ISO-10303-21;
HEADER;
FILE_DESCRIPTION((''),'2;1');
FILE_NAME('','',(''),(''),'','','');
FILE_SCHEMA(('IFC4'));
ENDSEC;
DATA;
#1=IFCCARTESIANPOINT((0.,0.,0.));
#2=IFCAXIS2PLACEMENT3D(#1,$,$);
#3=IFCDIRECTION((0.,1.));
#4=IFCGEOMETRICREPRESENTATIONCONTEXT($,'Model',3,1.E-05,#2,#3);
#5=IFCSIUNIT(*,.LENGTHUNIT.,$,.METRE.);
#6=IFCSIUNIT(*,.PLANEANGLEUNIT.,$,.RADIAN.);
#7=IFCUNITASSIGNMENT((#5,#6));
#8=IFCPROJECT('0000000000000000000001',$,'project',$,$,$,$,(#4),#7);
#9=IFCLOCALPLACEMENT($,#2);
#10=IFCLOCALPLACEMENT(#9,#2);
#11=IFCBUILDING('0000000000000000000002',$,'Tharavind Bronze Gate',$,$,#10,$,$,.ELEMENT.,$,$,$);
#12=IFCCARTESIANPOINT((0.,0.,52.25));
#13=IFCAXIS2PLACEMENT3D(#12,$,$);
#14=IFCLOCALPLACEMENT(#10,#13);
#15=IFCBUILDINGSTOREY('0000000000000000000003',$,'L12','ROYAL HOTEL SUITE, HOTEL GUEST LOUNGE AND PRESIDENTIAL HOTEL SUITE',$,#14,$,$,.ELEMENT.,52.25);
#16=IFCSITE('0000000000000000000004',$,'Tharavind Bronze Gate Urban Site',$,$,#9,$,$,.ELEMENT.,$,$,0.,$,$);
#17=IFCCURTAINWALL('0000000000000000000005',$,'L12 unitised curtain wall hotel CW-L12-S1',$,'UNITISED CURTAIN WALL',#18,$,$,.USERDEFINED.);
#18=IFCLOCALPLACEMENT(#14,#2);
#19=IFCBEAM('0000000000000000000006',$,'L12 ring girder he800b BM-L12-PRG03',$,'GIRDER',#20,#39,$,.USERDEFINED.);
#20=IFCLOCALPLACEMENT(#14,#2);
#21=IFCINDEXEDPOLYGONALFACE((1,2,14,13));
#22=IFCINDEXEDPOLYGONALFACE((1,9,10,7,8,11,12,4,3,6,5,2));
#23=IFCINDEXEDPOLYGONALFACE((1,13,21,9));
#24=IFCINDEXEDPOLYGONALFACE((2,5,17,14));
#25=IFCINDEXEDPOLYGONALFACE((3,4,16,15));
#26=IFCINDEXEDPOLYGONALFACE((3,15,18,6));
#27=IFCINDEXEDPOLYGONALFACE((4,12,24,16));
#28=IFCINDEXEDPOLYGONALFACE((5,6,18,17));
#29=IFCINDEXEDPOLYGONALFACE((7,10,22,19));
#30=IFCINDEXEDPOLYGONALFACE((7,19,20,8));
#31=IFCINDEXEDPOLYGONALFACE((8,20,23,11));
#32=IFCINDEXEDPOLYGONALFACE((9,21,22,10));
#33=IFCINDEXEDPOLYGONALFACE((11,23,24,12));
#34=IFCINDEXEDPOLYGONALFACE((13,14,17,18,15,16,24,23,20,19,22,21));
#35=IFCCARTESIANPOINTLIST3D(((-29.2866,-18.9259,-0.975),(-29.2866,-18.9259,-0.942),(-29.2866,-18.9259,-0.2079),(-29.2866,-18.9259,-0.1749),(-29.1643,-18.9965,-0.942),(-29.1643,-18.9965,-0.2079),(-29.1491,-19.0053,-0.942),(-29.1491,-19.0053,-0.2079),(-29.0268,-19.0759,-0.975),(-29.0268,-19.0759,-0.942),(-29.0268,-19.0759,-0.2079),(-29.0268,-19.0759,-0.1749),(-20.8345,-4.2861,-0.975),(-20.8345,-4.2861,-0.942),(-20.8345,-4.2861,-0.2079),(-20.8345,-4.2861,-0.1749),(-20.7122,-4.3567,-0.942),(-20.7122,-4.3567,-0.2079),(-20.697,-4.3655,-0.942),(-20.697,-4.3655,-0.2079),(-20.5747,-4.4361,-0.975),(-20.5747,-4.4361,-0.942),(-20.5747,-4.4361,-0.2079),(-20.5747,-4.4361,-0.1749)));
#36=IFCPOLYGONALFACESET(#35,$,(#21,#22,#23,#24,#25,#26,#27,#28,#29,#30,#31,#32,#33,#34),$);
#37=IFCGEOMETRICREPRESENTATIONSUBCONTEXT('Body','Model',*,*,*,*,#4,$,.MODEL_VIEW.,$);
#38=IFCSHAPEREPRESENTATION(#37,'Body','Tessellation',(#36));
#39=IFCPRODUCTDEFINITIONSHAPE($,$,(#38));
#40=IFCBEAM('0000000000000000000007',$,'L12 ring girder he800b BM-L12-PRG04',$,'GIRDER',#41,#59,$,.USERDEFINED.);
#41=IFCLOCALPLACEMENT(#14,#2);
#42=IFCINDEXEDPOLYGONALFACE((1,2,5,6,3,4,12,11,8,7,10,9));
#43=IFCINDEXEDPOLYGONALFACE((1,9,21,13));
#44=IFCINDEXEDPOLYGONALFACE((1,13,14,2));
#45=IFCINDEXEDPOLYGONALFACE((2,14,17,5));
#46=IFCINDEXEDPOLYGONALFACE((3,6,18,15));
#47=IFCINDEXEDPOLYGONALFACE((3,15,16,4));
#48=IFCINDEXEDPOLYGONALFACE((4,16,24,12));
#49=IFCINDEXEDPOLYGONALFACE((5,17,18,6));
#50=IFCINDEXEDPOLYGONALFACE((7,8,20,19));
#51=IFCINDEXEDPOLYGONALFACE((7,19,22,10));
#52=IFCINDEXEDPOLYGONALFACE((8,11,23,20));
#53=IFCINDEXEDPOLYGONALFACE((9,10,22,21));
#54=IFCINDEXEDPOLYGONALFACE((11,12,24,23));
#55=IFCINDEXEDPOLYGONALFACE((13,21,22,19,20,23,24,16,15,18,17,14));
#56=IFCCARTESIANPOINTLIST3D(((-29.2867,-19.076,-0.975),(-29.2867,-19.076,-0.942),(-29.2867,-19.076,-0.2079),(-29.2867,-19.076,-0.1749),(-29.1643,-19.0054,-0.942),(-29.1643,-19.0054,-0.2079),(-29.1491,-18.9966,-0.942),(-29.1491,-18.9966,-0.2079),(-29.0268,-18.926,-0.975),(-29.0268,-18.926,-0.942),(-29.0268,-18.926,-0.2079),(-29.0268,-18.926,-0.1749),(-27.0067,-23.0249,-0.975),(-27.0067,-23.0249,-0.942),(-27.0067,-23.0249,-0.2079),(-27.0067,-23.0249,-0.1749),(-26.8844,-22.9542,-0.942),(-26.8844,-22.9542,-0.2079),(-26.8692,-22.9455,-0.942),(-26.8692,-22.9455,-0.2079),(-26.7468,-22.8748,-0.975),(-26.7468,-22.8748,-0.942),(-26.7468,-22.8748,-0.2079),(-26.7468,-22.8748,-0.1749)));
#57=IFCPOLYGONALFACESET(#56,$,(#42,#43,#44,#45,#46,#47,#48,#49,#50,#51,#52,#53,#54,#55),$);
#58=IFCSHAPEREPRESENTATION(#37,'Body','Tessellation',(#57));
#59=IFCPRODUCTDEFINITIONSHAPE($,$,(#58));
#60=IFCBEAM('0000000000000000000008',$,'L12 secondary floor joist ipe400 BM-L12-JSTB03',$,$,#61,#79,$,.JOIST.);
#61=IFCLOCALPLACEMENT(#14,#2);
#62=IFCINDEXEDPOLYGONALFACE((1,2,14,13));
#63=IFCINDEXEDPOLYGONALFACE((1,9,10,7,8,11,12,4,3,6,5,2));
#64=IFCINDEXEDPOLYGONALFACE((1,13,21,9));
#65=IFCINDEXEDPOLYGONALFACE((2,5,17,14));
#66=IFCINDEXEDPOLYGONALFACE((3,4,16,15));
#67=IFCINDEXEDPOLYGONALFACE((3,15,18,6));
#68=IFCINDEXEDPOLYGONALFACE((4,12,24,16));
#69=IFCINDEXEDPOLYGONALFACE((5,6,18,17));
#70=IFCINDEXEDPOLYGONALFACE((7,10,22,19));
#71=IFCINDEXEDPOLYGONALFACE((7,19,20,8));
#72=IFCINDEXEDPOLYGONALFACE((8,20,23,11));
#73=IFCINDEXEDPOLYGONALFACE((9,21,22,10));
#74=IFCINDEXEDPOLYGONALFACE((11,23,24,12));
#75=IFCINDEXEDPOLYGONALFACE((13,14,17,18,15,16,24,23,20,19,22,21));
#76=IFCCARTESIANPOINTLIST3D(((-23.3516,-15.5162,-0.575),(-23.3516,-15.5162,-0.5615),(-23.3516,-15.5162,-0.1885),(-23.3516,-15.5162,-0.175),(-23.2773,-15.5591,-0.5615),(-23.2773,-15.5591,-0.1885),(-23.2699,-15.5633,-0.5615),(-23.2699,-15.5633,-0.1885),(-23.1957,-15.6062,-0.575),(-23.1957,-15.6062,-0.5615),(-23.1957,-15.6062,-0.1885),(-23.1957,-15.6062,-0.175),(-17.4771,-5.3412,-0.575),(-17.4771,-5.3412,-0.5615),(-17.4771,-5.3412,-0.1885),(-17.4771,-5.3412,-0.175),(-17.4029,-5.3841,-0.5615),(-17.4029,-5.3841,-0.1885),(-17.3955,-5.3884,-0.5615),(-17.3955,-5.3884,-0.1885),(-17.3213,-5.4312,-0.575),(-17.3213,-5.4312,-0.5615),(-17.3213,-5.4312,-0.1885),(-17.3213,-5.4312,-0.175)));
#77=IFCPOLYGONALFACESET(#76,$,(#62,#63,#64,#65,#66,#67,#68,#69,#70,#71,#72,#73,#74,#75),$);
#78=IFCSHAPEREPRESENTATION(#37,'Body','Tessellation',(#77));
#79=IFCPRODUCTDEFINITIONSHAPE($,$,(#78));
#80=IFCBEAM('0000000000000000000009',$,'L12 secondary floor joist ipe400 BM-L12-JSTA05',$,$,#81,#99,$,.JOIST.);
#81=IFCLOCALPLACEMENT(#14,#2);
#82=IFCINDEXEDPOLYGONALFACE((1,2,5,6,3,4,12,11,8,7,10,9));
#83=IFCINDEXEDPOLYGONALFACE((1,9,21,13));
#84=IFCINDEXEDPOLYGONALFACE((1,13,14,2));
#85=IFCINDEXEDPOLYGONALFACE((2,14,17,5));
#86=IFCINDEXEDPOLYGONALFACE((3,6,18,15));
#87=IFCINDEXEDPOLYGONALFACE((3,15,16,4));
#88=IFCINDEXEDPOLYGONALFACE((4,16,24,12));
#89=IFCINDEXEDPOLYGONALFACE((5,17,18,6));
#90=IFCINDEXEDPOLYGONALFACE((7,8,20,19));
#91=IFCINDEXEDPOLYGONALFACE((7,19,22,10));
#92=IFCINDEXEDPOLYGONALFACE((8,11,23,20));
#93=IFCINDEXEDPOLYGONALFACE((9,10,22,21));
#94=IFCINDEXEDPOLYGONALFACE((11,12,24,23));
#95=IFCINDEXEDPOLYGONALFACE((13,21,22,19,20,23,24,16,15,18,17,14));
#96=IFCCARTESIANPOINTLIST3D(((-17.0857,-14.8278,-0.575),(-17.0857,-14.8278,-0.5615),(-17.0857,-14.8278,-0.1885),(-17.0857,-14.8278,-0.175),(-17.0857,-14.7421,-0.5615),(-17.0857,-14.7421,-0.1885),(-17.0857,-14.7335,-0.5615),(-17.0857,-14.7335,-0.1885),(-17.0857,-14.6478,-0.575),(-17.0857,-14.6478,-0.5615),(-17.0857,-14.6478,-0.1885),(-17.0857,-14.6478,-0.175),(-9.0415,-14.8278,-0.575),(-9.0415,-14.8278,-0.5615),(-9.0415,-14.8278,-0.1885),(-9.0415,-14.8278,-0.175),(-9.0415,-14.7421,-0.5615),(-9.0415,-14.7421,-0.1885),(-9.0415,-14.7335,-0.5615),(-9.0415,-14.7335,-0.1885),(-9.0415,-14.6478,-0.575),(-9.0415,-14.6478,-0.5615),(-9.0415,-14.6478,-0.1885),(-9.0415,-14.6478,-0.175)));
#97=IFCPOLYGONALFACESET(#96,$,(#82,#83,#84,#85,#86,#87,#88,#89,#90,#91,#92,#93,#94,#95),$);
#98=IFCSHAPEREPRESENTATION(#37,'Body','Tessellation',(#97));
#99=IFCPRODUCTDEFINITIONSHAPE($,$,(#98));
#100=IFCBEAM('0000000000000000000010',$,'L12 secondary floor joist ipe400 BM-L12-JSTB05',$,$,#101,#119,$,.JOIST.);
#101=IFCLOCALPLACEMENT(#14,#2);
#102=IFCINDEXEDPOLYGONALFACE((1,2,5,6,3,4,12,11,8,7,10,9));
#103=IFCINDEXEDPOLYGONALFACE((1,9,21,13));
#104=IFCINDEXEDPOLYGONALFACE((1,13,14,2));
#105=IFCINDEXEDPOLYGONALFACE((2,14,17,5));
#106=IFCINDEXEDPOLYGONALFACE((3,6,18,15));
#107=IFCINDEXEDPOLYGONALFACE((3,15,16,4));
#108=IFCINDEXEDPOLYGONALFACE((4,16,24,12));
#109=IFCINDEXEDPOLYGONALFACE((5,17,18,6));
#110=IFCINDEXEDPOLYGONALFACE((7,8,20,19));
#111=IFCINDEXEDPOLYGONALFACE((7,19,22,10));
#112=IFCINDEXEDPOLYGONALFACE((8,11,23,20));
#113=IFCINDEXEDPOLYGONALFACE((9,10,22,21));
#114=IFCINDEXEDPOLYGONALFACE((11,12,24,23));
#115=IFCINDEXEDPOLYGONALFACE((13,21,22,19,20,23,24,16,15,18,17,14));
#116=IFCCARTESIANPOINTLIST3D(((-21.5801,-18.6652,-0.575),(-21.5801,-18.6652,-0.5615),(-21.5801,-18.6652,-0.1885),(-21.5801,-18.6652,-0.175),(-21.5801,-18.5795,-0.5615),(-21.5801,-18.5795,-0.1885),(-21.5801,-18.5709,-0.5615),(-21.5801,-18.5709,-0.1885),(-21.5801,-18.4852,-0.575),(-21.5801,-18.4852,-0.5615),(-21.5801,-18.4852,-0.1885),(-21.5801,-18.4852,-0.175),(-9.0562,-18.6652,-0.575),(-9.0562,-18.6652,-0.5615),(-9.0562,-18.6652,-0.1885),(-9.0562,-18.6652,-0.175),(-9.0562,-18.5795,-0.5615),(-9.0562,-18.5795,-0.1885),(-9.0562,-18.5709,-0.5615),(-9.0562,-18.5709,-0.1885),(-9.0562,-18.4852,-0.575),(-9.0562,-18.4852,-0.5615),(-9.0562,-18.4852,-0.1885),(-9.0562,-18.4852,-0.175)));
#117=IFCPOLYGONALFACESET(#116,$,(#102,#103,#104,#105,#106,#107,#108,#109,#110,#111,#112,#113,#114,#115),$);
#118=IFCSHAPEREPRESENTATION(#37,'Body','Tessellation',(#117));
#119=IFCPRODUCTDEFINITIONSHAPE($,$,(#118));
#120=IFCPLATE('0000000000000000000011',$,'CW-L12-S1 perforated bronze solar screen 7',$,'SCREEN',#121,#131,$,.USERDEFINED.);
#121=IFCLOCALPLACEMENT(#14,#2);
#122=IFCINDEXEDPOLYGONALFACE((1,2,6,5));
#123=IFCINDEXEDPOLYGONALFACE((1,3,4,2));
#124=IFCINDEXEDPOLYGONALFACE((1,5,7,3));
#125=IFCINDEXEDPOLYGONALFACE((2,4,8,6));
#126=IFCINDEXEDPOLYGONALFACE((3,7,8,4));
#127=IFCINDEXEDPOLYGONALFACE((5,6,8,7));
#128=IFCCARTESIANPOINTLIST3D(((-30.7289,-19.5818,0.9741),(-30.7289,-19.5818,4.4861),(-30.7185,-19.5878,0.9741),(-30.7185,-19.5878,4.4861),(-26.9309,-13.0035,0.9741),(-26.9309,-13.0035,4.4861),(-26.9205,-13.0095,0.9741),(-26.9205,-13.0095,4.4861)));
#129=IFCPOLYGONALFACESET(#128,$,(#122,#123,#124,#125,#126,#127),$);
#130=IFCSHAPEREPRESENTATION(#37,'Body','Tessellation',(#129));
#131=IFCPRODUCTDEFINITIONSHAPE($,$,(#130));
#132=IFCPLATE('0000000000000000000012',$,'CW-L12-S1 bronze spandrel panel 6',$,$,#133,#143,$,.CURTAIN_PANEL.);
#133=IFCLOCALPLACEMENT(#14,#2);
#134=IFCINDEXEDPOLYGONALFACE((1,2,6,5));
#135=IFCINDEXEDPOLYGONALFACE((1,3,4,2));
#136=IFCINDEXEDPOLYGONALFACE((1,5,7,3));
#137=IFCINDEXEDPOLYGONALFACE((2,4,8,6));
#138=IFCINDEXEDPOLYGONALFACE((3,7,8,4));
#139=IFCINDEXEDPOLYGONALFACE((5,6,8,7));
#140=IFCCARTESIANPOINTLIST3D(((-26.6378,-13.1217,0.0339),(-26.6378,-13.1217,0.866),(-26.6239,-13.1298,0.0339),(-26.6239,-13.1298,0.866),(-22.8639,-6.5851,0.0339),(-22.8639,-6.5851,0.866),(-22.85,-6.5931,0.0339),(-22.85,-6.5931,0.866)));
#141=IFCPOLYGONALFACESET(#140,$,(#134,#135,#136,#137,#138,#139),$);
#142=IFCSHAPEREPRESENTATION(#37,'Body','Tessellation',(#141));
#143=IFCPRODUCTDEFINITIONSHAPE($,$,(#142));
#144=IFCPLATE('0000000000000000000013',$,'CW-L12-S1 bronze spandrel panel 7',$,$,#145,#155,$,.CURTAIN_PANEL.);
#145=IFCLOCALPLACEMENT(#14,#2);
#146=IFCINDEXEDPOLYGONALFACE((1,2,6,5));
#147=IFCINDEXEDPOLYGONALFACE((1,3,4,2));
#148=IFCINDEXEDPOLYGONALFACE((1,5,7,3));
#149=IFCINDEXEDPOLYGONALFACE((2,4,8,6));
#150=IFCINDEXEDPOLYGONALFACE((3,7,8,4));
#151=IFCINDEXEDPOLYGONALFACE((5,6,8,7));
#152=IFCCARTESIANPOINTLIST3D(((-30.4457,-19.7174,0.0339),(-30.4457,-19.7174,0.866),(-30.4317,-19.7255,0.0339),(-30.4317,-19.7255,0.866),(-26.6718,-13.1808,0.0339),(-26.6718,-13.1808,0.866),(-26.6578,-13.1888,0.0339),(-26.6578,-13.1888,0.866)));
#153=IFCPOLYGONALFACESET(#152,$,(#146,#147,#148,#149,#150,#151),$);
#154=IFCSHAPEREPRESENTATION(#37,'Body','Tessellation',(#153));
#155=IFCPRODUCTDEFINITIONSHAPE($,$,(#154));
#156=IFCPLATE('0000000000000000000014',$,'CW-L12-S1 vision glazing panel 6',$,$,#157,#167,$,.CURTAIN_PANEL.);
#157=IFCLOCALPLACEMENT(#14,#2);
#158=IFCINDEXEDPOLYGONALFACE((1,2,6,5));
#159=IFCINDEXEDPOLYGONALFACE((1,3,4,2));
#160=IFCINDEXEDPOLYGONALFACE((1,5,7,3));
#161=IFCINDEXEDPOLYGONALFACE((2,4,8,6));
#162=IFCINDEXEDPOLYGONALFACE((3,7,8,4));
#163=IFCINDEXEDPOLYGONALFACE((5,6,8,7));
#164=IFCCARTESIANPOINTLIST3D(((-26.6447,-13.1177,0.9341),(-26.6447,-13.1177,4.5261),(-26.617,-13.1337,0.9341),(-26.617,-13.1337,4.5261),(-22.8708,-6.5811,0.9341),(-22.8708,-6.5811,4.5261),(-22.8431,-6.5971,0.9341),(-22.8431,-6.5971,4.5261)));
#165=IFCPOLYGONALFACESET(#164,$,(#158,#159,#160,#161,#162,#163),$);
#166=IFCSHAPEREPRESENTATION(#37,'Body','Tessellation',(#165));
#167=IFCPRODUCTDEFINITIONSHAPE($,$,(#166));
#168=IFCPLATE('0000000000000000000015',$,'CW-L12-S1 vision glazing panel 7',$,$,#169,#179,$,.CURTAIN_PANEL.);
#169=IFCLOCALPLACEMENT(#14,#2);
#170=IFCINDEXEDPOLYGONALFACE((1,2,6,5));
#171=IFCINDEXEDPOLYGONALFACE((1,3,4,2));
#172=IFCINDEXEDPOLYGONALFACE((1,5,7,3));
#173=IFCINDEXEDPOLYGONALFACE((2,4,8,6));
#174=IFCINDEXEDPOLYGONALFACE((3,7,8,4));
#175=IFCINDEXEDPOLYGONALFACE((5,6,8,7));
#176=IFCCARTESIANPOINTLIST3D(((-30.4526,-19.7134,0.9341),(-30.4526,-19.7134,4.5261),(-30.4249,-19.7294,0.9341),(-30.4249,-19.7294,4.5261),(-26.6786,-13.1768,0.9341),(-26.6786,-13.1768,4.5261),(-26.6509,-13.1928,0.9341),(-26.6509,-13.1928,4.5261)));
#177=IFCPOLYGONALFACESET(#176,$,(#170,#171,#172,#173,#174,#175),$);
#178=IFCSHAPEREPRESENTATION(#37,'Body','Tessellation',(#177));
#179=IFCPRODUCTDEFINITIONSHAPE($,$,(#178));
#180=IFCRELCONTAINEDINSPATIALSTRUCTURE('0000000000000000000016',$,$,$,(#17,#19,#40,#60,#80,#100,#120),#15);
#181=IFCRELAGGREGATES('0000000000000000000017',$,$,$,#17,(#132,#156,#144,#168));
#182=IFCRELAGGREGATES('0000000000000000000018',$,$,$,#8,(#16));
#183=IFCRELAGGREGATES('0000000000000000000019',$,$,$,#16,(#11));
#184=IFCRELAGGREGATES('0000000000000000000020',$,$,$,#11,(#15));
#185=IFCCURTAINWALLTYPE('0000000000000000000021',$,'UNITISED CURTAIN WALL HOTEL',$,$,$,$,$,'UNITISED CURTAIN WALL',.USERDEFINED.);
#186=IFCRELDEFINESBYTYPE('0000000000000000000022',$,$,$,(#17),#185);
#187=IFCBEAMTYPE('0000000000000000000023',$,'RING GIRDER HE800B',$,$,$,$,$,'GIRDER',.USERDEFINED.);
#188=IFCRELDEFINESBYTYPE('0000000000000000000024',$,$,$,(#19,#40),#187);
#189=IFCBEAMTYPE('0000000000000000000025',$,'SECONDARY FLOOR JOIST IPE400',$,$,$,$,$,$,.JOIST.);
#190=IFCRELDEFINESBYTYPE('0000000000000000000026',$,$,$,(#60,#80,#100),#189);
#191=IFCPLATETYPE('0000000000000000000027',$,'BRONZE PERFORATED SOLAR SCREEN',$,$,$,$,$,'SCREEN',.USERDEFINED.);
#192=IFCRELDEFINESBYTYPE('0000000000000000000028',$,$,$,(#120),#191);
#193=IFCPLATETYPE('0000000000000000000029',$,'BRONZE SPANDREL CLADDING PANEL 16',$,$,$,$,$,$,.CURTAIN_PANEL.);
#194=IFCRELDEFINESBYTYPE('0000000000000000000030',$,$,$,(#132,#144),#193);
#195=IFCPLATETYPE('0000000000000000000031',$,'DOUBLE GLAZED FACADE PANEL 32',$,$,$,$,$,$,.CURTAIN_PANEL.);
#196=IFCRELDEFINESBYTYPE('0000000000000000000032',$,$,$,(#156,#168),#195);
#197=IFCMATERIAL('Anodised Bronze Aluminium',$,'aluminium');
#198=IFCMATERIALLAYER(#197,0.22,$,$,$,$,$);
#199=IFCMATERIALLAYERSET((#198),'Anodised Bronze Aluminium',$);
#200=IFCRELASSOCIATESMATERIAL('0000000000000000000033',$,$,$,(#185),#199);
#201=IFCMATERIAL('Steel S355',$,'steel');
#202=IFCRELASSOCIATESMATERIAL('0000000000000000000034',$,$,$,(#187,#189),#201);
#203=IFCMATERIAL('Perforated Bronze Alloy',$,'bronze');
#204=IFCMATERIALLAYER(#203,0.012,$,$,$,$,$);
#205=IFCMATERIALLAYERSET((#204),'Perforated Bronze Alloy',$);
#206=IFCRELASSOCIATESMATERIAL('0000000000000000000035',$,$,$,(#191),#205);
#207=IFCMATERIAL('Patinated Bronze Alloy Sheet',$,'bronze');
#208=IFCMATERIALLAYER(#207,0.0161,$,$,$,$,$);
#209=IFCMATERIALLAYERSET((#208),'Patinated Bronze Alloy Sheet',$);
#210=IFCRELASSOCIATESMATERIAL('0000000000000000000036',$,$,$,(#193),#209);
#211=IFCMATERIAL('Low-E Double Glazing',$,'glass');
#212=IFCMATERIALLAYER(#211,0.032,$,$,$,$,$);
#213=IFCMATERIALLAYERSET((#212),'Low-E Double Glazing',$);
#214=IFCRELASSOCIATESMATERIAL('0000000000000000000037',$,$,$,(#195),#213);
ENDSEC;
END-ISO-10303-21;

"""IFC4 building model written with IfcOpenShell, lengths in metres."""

from ifc_helpers import new_model, si_unit, direction, frame, origin, origin_2d, place, context, subcontext, project, spatial, rectangle, i_section, extrude, material, layer, layer_set, material_profile, profile_set, type_object, element, aggregate, save


model = new_model("IFC4")

# Units and contexts
model_context = context("Model", 3, precision=1e-05, world=origin(), true_north=direction((0.0, 1.0)))
body_context = subcontext(model_context, "Body", "Model", "MODEL_VIEW")
ifc_project = project(units=[si_unit("LENGTHUNIT", "METRE"), si_unit("PLANEANGLEUNIT", "RADIAN")], contexts=[model_context])

# Site, building, storey
site_placement = place(None, origin())
site = spatial("IfcSite", under=ifc_project, at=site_placement, Name="Tharavind Bronze Gate Urban Site", CompositionType="ELEMENT", RefElevation=0.0)
building_placement = place(site_placement, origin())
building = spatial("IfcBuilding", under=site, at=building_placement, Name="Tharavind Bronze Gate", CompositionType="ELEMENT")
storey_placement = place(building_placement, frame((0.0, 0.0, 52.25)))
storey = spatial("IfcBuildingStorey", under=building, at=storey_placement, Name="L12", Description="ROYAL HOTEL SUITE, HOTEL GUEST LOUNGE AND PRESIDENTIAL HOTEL SUITE", CompositionType="ELEMENT", Elevation=52.25)

# Curtain wall
ifc_material_1 = material(Name="Anodised Bronze Aluminium", Category="aluminium")
ifc_layer_1 = layer(ifc_material_1, 0.22)
ifc_layer_set_1 = layer_set([ifc_layer_1], Name="Anodised Bronze Aluminium")
curtain_wall_type = type_object("IfcCurtainWallType", Name="UNITISED CURTAIN WALL HOTEL", ElementType="UNITISED CURTAIN WALL", PredefinedType="USERDEFINED", material=ifc_layer_set_1)
curtain_wall_placement = place(storey_placement, origin())
curtain_wall = element("IfcCurtainWall", 1, at=curtain_wall_placement, inside=storey, type_object=curtain_wall_type, Name="L12 unitised curtain wall hotel CW-L12-S1", ObjectType="UNITISED CURTAIN WALL", PredefinedType="USERDEFINED")

# Beams
ifc_material_2 = material(Name="Steel S355", Category="steel")
ifc_material_profile_1 = material_profile(ifc_material_2, i_section(OverallWidth=0.3, OverallDepth=0.8, WebThickness=0.0176, FlangeThickness=0.033, at=origin_2d()), Name="HE800B")
ifc_profile_set_1 = profile_set([ifc_material_profile_1], Name="Steel S355")
beam_type_1 = type_object("IfcBeamType", Name="RING GIRDER HE800B", ElementType="GIRDER", PredefinedType="USERDEFINED", material=ifc_profile_set_1)
beam_1_placement = place(storey_placement, frame((-20.7046, -4.3611, -0.575), z_axis=(-0.499991, -0.86603, 0.0), x_axis=(0.86603, -0.499991, 0.0)))
element("IfcBeam", 2, at=beam_1_placement, inside=storey, type_object=beam_type_1, Name="L12 ring girder he800b BM-L12-PRG03", ObjectType="GIRDER", PredefinedType="USERDEFINED", context=body_context, shape_type="SweptSolid", body=[
    extrude(i_section(OverallWidth=0.3, OverallDepth=0.8, WebThickness=0.0176, FlangeThickness=0.033, at=origin_2d()), origin(), (0.0, 0.0, 1.0), 16.9045),
])
beam_2_placement = place(storey_placement, frame((-29.1567, -19.001, -0.575), z_axis=(0.500014, -0.866017, 0.0), x_axis=(0.866017, 0.500014, 0.0)))
element("IfcBeam", 3, at=beam_2_placement, inside=storey, type_object=beam_type_1, Name="L12 ring girder he800b BM-L12-PRG04", ObjectType="GIRDER", PredefinedType="USERDEFINED", context=body_context, shape_type="SweptSolid", body=[
    extrude(i_section(OverallWidth=0.3, OverallDepth=0.8, WebThickness=0.0176, FlangeThickness=0.033, at=origin_2d()), origin(), (0.0, 0.0, 1.0), 4.5598),
])
ifc_material_profile_2 = material_profile(ifc_material_2, i_section(OverallWidth=0.1799, OverallDepth=0.3999, WebThickness=0.0085, FlangeThickness=0.0134, at=origin_2d()), Name="IPE400")
ifc_profile_set_2 = profile_set([ifc_material_profile_2], Name="Steel S355")
beam_type_2 = type_object("IfcBeamType", Name="SECONDARY FLOOR JOIST IPE400", PredefinedType="JOIST", material=ifc_profile_set_2)
beam_3_placement = place(storey_placement, frame((-17.3992, -5.3862, -0.375), z_axis=(-0.499996, -0.866027, 0.0), x_axis=(0.866027, -0.499996, 0.0)))
element("IfcBeam", 4, at=beam_3_placement, inside=storey, type_object=beam_type_2, Name="L12 secondary floor joist ipe400 BM-L12-JSTB03", PredefinedType="JOIST", context=body_context, shape_type="SweptSolid", body=[
    extrude(i_section(OverallWidth=0.1799, OverallDepth=0.3999, WebThickness=0.0085, FlangeThickness=0.0134, at=origin_2d()), origin(), (0.0, 0.0, 1.0), 11.749),
])
beam_4_placement = place(storey_placement, frame((-17.0857, -14.7378, -0.375), z_axis=(1.0, 0.0, 0.0), x_axis=(0.0, 1.0, 0.0)))
element("IfcBeam", 5, at=beam_4_placement, inside=storey, type_object=beam_type_2, Name="L12 secondary floor joist ipe400 BM-L12-JSTA05", PredefinedType="JOIST", context=body_context, shape_type="SweptSolid", body=[
    extrude(i_section(OverallWidth=0.1799, OverallDepth=0.3999, WebThickness=0.0085, FlangeThickness=0.0134, at=origin_2d()), origin(), (0.0, 0.0, 1.0), 8.0442),
])
beam_5_placement = place(storey_placement, frame((-21.5801, -18.5752, -0.375), z_axis=(1.0, 0.0, 0.0), x_axis=(0.0, 1.0, 0.0)))
element("IfcBeam", 6, at=beam_5_placement, inside=storey, type_object=beam_type_2, Name="L12 secondary floor joist ipe400 BM-L12-JSTB05", PredefinedType="JOIST", context=body_context, shape_type="SweptSolid", body=[
    extrude(i_section(OverallWidth=0.1799, OverallDepth=0.3999, WebThickness=0.0085, FlangeThickness=0.0134, at=origin_2d()), origin(), (0.0, 0.0, 1.0), 12.5239),
])

# Plates
ifc_material_3 = material(Name="Perforated Bronze Alloy", Category="bronze")
ifc_layer_2 = layer(ifc_material_3, 0.012)
ifc_layer_set_2 = layer_set([ifc_layer_2], Name="Perforated Bronze Alloy")
plate_type_1 = type_object("IfcPlateType", Name="BRONZE PERFORATED SOLAR SCREEN", ElementType="SCREEN", PredefinedType="USERDEFINED", material=ifc_layer_set_2)
plate_1_placement = place(storey_placement, frame((-28.8247, -16.2957, 0.9741), z_axis=(0.0, 0.0, 1.0), x_axis=(-0.500002, -0.866025, 0.0)))
element("IfcPlate", 7, at=plate_1_placement, inside=storey, type_object=plate_type_1, Name="CW-L12-S1 perforated bronze solar screen 7", ObjectType="SCREEN", PredefinedType="USERDEFINED", context=body_context, shape_type="SweptSolid", body=[
    extrude(rectangle(XDim=7.5959, YDim=0.012, at=origin_2d()), origin(), (0.0, 0.0, 1.0), 3.512),
])
ifc_material_4 = material(Name="Patinated Bronze Alloy Sheet", Category="bronze")
ifc_layer_3 = layer(ifc_material_4, 0.0161)
ifc_layer_set_3 = layer_set([ifc_layer_3], Name="Patinated Bronze Alloy Sheet")
plate_type_2 = type_object("IfcPlateType", Name="BRONZE SPANDREL CLADDING PANEL 16", PredefinedType="CURTAIN_PANEL", material=ifc_layer_set_3)
plate_2_placement = place(storey_placement, frame((-24.7439, -9.8574, 0.0339), z_axis=(0.0, 0.0, 1.0), x_axis=(-0.500002, -0.866025, 0.0)))
plate_2 = element("IfcPlate", 8, at=plate_2_placement, type_object=plate_type_2, Name="CW-L12-S1 bronze spandrel panel 6", PredefinedType="CURTAIN_PANEL", context=body_context, shape_type="SweptSolid", body=[
    extrude(rectangle(XDim=7.5479, YDim=0.0161, at=origin_2d()), origin(), (0.0, 0.0, 1.0), 0.832),
])
plate_3_placement = place(storey_placement, frame((-28.5518, -16.4531, 0.0339), z_axis=(0.0, 0.0, 1.0), x_axis=(-0.500002, -0.866025, 0.0)))
plate_3 = element("IfcPlate", 9, at=plate_3_placement, type_object=plate_type_2, Name="CW-L12-S1 bronze spandrel panel 7", PredefinedType="CURTAIN_PANEL", context=body_context, shape_type="SweptSolid", body=[
    extrude(rectangle(XDim=7.5479, YDim=0.0161, at=origin_2d()), origin(), (0.0, 0.0, 1.0), 0.832),
])
ifc_material_5 = material(Name="Low-E Double Glazing", Category="glass")
ifc_layer_4 = layer(ifc_material_5, 0.032)
ifc_layer_set_4 = layer_set([ifc_layer_4], Name="Low-E Double Glazing")
plate_type_3 = type_object("IfcPlateType", Name="DOUBLE GLAZED FACADE PANEL 32", PredefinedType="CURTAIN_PANEL", material=ifc_layer_set_4)
plate_4_placement = place(storey_placement, frame((-24.7439, -9.8574, 0.9341), z_axis=(0.0, 0.0, 1.0), x_axis=(-0.500002, -0.866025, 0.0)))
plate_4 = element("IfcPlate", 10, at=plate_4_placement, type_object=plate_type_3, Name="CW-L12-S1 vision glazing panel 6", PredefinedType="CURTAIN_PANEL", context=body_context, shape_type="SweptSolid", body=[
    extrude(rectangle(XDim=7.5479, YDim=0.032, at=origin_2d()), origin(), (0.0, 0.0, 1.0), 3.592),
])
plate_5_placement = place(storey_placement, frame((-28.5518, -16.4531, 0.9341), z_axis=(0.0, 0.0, 1.0), x_axis=(-0.500002, -0.866025, 0.0)))
plate_5 = element("IfcPlate", 11, at=plate_5_placement, type_object=plate_type_3, Name="CW-L12-S1 vision glazing panel 7", PredefinedType="CURTAIN_PANEL", context=body_context, shape_type="SweptSolid", body=[
    extrude(rectangle(XDim=7.5479, YDim=0.032, at=origin_2d()), origin(), (0.0, 0.0, 1.0), 3.592),
])
aggregate(curtain_wall, [plate_2, plate_4, plate_3, plate_5])

save(model, "model.ifc")
